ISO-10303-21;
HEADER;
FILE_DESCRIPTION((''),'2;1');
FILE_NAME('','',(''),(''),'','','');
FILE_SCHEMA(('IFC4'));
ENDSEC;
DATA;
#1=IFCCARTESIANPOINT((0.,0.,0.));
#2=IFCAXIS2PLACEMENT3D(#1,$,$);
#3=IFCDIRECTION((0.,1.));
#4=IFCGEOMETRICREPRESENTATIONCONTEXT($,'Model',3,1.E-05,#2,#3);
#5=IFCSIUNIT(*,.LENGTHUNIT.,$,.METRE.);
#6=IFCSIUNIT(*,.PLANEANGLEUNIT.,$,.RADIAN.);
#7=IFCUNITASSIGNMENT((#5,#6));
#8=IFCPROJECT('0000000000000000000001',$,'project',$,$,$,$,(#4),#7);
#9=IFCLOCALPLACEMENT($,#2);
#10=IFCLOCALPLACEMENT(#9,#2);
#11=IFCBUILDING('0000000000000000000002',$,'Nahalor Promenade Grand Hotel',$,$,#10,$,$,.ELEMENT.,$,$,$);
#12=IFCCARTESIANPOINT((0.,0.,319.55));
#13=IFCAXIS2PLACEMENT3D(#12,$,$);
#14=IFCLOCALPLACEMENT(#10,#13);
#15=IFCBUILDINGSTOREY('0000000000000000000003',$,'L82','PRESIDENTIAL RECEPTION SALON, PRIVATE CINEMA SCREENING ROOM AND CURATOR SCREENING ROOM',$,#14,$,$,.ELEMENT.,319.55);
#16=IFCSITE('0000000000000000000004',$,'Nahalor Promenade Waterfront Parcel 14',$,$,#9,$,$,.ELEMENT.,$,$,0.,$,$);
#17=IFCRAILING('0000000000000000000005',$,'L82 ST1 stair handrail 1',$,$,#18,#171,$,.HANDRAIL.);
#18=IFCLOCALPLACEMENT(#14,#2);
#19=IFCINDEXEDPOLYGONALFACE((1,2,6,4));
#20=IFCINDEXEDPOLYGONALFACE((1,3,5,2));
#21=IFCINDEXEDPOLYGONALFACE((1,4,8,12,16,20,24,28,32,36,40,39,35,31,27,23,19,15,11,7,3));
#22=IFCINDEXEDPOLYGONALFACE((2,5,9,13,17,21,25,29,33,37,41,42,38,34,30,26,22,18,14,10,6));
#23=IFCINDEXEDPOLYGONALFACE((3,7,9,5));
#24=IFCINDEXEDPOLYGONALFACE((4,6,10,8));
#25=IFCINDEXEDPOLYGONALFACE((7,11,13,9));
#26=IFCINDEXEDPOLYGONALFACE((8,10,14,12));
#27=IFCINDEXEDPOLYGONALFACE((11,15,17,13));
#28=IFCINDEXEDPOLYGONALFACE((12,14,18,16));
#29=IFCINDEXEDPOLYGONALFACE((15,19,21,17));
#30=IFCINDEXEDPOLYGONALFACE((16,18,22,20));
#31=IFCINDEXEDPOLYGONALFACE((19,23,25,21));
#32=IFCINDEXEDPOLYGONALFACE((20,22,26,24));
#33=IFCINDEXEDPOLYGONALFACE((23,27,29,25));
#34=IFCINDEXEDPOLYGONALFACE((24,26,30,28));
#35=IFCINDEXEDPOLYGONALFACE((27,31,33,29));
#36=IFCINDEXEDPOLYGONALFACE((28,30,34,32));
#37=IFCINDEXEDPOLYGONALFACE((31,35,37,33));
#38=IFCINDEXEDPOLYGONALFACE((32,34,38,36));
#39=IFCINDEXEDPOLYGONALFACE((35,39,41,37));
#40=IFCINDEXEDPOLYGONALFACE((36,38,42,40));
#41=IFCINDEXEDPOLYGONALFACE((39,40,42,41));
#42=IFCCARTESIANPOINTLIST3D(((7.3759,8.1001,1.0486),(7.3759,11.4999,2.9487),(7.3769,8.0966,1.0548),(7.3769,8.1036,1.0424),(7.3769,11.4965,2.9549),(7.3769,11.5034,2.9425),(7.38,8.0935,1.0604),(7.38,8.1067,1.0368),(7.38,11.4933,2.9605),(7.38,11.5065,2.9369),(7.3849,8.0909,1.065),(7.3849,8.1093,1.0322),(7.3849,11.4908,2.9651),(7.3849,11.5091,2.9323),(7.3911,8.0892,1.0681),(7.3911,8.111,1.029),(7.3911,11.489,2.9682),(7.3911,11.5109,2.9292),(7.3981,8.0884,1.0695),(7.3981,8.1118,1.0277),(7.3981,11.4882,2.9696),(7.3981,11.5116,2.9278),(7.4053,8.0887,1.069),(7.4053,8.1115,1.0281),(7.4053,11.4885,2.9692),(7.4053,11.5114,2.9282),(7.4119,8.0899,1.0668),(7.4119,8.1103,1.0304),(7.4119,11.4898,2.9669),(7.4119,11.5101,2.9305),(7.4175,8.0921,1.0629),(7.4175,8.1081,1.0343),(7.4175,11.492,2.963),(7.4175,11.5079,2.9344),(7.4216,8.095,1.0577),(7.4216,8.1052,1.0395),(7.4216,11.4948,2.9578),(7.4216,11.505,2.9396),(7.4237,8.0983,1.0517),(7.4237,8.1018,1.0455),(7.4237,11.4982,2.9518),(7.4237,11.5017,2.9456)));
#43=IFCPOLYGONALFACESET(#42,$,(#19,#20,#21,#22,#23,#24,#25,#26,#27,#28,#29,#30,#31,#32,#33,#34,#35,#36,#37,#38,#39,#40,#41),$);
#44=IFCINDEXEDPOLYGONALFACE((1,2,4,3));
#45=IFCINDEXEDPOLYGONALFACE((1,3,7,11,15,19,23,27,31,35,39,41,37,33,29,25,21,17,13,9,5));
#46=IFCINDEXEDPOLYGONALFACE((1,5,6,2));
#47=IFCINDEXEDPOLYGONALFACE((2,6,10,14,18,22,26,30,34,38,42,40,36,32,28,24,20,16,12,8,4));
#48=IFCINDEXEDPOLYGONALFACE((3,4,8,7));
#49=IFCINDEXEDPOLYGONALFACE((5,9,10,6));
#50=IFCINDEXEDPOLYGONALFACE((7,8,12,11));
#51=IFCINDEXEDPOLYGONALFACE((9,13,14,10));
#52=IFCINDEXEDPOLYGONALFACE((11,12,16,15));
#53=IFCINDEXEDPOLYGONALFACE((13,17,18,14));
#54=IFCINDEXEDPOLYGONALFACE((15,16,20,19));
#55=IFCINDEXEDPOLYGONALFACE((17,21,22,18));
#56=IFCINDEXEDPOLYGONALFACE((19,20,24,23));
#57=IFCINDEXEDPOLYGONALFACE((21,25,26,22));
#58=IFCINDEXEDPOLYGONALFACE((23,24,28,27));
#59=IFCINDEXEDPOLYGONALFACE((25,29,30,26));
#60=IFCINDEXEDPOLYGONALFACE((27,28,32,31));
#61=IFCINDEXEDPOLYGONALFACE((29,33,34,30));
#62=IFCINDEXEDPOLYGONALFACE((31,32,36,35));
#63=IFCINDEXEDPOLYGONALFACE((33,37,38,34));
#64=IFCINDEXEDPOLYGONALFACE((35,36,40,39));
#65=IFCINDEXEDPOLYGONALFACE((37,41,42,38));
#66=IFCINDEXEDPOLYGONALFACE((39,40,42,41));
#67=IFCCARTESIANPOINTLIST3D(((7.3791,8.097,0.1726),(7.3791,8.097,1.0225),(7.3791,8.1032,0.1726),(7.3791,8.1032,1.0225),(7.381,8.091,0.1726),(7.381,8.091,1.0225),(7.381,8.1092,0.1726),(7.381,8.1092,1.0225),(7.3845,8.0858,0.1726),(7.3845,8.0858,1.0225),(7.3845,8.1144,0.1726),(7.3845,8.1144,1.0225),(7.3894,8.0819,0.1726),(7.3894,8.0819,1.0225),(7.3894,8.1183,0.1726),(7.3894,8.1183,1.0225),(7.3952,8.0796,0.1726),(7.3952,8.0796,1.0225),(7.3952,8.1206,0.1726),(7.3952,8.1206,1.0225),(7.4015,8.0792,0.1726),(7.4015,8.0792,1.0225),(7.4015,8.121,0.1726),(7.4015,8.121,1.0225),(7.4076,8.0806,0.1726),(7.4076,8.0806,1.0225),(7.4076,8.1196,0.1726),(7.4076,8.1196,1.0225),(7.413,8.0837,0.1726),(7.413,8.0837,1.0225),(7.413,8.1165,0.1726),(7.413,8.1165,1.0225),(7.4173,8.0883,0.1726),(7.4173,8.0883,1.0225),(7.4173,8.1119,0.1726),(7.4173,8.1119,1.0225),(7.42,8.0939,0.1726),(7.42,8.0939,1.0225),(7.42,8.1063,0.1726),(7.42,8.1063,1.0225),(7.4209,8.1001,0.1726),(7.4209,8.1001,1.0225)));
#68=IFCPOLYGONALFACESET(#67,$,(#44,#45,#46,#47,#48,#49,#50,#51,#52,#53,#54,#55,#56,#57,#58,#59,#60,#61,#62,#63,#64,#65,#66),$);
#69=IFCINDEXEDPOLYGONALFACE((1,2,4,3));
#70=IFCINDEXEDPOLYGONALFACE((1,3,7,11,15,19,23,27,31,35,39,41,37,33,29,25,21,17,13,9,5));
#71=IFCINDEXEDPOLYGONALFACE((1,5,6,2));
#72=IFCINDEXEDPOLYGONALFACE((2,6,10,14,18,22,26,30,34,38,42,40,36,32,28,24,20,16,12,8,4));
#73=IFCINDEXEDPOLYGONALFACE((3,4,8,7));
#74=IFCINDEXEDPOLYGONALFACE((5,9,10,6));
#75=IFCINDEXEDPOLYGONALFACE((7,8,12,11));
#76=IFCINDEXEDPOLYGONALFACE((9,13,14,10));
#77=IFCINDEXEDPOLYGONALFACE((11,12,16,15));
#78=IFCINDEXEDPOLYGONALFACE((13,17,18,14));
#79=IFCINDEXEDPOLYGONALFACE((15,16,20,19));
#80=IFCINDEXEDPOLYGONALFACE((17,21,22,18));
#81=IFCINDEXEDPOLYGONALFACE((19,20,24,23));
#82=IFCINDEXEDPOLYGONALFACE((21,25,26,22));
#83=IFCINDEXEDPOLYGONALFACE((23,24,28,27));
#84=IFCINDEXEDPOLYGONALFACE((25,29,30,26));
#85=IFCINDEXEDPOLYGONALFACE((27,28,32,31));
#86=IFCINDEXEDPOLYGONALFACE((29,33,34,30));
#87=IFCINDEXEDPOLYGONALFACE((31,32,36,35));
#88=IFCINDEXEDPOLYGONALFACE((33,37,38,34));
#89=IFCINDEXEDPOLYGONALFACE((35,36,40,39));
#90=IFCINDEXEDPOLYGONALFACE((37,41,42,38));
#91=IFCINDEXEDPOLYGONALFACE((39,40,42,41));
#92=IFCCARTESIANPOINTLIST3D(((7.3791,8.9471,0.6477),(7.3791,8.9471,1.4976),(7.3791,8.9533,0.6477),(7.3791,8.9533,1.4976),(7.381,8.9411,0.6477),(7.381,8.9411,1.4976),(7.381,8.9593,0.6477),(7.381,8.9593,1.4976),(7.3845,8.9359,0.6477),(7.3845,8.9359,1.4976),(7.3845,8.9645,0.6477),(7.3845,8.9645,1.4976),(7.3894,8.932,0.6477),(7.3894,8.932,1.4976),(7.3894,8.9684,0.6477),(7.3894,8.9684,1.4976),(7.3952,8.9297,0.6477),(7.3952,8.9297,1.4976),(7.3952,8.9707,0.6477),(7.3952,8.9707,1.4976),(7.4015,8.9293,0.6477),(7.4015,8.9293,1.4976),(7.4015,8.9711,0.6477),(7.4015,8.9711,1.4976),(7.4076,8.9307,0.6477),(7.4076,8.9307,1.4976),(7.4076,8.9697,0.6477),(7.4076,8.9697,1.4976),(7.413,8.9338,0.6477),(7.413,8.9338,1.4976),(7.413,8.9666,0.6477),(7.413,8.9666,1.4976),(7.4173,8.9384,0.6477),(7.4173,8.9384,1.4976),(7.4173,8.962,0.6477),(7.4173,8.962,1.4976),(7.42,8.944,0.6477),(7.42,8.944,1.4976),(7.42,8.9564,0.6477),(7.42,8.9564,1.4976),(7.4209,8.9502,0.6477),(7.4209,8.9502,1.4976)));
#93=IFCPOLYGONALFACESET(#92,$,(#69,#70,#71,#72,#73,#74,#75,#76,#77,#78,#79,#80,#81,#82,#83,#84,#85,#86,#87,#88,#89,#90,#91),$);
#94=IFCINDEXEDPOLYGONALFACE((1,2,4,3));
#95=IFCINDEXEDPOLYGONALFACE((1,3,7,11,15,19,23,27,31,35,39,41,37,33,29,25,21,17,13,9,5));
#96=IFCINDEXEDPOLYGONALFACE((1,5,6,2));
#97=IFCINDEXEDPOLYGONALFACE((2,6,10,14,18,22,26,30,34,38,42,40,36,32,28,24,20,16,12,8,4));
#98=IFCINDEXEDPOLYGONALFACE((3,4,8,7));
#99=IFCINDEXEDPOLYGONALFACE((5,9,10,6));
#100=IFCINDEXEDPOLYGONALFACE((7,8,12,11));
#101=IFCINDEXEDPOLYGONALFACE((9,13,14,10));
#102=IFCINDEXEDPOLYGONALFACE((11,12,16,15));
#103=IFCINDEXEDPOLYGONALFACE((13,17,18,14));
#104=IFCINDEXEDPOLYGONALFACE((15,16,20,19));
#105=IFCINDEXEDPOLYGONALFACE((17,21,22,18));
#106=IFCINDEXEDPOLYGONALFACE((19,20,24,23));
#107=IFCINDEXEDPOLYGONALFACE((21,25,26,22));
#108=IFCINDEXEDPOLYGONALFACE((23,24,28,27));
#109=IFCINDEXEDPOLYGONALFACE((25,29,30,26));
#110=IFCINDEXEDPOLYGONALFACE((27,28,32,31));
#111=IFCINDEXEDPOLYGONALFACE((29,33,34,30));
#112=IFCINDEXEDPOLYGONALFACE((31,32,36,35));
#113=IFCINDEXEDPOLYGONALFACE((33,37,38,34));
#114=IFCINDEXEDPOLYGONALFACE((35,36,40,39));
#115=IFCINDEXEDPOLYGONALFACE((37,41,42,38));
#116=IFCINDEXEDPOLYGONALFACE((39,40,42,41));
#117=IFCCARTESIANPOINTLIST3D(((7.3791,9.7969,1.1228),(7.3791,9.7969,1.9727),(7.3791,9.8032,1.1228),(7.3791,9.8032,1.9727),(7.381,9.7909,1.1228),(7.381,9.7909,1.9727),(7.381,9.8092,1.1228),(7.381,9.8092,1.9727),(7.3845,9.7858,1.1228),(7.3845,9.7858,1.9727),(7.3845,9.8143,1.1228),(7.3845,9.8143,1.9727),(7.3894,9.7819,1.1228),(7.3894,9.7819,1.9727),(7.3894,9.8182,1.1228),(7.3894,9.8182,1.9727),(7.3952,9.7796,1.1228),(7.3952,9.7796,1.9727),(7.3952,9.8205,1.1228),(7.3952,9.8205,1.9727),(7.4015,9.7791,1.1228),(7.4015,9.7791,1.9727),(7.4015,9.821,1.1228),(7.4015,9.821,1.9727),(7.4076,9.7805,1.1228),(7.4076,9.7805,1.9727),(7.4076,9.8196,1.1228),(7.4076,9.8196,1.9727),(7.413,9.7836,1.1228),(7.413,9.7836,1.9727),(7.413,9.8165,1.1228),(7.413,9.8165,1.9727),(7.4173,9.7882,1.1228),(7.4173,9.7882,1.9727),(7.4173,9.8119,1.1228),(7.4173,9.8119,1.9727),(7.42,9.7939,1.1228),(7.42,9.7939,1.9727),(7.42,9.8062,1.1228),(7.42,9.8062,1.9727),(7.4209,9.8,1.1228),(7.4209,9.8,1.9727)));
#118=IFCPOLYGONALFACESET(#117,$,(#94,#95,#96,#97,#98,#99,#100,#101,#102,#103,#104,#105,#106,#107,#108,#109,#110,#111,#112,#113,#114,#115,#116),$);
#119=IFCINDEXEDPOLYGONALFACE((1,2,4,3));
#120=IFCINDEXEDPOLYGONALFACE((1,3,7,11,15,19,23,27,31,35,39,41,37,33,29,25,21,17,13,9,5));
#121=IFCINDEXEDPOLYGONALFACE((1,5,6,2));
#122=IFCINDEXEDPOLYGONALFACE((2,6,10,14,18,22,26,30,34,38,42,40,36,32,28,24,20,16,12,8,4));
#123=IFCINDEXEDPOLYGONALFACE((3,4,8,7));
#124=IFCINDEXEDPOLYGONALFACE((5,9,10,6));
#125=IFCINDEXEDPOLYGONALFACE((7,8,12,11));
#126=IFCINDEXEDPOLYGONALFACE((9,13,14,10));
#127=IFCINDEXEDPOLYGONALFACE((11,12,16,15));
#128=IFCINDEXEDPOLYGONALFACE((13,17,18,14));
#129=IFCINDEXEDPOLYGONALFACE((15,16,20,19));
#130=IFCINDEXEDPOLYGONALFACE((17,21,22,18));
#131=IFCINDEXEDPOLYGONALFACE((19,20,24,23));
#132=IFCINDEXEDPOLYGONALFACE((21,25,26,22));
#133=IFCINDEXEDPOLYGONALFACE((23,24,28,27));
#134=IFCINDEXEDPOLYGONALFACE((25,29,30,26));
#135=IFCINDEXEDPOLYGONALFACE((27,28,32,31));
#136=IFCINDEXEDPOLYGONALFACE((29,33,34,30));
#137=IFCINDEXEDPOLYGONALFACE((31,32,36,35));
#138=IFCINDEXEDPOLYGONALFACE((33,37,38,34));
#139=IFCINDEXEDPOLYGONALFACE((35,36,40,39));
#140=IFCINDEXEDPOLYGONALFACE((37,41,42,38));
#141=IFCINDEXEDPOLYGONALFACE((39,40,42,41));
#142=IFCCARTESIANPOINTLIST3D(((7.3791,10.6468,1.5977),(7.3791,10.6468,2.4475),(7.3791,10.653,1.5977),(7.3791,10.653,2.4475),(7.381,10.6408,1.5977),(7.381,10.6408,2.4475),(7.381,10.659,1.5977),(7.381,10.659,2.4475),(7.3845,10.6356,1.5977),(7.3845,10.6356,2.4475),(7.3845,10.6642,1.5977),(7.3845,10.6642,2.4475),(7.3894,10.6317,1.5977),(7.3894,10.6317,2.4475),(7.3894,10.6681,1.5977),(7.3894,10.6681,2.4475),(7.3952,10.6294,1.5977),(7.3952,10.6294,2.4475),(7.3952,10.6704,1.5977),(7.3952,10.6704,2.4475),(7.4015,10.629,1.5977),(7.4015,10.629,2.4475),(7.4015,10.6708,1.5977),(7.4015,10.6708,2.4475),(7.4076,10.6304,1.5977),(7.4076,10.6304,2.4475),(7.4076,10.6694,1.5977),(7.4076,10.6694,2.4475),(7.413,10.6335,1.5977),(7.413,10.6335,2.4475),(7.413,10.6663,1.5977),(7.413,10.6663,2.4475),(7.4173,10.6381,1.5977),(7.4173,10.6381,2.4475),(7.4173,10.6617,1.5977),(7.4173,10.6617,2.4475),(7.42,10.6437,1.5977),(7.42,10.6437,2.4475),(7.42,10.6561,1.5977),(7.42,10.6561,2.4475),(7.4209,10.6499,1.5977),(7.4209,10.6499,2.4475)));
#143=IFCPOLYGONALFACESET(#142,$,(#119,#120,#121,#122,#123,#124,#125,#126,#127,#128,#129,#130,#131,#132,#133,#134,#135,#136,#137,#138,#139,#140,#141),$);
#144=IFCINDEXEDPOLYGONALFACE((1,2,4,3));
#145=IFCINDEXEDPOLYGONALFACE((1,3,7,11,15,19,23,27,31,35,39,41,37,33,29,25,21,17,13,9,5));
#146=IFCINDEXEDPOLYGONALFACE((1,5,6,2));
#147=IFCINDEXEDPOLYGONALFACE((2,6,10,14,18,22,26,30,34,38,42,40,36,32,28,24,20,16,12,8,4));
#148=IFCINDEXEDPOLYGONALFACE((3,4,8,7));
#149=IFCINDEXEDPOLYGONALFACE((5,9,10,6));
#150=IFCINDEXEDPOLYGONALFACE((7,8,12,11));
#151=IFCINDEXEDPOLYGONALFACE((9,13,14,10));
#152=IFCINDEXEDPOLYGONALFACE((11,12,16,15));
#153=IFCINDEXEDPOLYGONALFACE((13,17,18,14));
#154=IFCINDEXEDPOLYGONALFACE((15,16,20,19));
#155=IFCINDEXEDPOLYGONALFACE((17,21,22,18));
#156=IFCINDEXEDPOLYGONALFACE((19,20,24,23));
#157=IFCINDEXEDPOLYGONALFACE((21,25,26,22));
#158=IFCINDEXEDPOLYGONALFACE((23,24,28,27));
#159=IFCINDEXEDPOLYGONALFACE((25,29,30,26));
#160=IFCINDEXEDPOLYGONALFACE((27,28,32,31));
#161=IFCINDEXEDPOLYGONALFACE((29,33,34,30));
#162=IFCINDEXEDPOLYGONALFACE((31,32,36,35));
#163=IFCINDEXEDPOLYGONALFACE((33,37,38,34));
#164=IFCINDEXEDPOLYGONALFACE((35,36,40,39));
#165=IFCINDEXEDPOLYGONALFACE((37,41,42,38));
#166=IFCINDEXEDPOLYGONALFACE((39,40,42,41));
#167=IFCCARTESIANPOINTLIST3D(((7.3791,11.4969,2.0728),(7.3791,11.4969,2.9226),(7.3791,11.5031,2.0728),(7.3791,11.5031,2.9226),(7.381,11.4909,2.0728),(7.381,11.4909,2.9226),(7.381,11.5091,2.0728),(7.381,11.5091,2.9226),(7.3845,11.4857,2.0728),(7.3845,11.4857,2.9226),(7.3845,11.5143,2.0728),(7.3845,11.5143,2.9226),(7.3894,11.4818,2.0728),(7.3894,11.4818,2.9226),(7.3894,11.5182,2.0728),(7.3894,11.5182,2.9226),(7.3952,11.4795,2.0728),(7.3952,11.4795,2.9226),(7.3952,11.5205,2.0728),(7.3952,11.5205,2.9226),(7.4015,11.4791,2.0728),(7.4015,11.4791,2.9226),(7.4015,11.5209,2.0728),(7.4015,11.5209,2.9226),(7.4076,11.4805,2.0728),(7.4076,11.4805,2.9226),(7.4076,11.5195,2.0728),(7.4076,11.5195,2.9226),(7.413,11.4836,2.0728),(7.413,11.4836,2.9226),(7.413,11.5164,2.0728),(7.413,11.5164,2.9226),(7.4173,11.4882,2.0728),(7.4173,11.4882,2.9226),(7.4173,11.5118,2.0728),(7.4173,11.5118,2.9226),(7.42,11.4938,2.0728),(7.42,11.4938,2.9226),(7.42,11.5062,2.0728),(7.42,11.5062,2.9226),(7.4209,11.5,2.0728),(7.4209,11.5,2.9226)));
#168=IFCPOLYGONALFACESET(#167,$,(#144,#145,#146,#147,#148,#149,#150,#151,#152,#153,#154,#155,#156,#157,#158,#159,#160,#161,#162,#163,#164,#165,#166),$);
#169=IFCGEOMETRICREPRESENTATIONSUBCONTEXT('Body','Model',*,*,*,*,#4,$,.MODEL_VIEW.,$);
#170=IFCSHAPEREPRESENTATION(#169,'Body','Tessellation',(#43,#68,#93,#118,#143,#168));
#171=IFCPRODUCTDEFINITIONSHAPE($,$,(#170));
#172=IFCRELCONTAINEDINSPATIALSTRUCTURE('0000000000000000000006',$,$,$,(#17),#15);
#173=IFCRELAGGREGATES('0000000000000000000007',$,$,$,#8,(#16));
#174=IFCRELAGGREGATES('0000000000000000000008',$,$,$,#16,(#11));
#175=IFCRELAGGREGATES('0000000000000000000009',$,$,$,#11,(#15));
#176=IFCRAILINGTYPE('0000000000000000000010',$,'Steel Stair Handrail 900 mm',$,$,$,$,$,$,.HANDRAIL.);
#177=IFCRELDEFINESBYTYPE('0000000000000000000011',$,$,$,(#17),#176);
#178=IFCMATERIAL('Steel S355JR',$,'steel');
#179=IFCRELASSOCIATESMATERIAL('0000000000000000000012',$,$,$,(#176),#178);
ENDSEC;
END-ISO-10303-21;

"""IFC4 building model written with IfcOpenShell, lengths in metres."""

from ifc_helpers import new_model, si_unit, direction, frame, origin, origin_2d, place, context, subcontext, project, spatial, circle, extrude, material, type_object, element, save


model = new_model("IFC4")

# Units and contexts
model_context = context("Model", 3, precision=1e-05, world=origin(), true_north=direction((0.0, 1.0)))
body_context = subcontext(model_context, "Body", "Model", "MODEL_VIEW")
ifc_project = project(units=[si_unit("LENGTHUNIT", "METRE"), si_unit("PLANEANGLEUNIT", "RADIAN")], contexts=[model_context])

# Site, building, storey
site_placement = place(None, origin())
site = spatial("IfcSite", under=ifc_project, at=site_placement, Name="Nahalor Promenade Waterfront Parcel 14", CompositionType="ELEMENT", RefElevation=0.0)
building_placement = place(site_placement, origin())
building = spatial("IfcBuilding", under=site, at=building_placement, Name="Nahalor Promenade Grand Hotel", CompositionType="ELEMENT")
storey_placement = place(building_placement, frame((0.0, 0.0, 319.55)))
storey = spatial("IfcBuildingStorey", under=building, at=storey_placement, Name="L82", Description="PRESIDENTIAL RECEPTION SALON, PRIVATE CINEMA SCREENING ROOM AND CURATOR SCREENING ROOM", CompositionType="ELEMENT", Elevation=319.55)

# Shared definitions
ifc_material_1 = material(Name="Steel S355JR", Category="steel")

# Railing
railing_type_1 = type_object("IfcRailingType", Name="Steel Stair Handrail 900 mm", PredefinedType="HANDRAIL", material=ifc_material_1)
railing_1_placement = place(storey_placement, frame((7.3999, 8.1001, 0.1726)))
element("IfcRailing", 1, at=railing_1_placement, inside=storey, type_object=railing_type_1, Name="L82 ST1 stair handrail 1", PredefinedType="HANDRAIL", context=body_context, shape_type="SweptSolid", body=[
    extrude(circle(Radius=0.024, at=origin_2d()), frame((0.0, 0.0, 0.876), z_axis=(0.0, 0.872921, 0.487861), x_axis=(-1.0, 0.0, 0.0)), (0.0, 0.0, 1.0), 3.8948),
    extrude(circle(Radius=0.021, at=origin_2d()), origin(), (0.0, 0.0, 1.0), 0.8499),
    extrude(circle(Radius=0.021, at=origin_2d()), frame((0.0, 0.8501, 0.4751)), (0.0, 0.0, 1.0), 0.8499),
    extrude(circle(Radius=0.021, at=origin_2d()), frame((0.0, 1.7, 0.9502)), (0.0, 0.0, 1.0), 0.8499),
    extrude(circle(Radius=0.021, at=origin_2d()), frame((0.0, 2.5498, 1.425)), (0.0, 0.0, 1.0), 0.8499),
    extrude(circle(Radius=0.021, at=origin_2d()), frame((0.0, 3.3999, 1.9001)), (0.0, 0.0, 1.0), 0.8499),
])

save(model, "model.ifc")
